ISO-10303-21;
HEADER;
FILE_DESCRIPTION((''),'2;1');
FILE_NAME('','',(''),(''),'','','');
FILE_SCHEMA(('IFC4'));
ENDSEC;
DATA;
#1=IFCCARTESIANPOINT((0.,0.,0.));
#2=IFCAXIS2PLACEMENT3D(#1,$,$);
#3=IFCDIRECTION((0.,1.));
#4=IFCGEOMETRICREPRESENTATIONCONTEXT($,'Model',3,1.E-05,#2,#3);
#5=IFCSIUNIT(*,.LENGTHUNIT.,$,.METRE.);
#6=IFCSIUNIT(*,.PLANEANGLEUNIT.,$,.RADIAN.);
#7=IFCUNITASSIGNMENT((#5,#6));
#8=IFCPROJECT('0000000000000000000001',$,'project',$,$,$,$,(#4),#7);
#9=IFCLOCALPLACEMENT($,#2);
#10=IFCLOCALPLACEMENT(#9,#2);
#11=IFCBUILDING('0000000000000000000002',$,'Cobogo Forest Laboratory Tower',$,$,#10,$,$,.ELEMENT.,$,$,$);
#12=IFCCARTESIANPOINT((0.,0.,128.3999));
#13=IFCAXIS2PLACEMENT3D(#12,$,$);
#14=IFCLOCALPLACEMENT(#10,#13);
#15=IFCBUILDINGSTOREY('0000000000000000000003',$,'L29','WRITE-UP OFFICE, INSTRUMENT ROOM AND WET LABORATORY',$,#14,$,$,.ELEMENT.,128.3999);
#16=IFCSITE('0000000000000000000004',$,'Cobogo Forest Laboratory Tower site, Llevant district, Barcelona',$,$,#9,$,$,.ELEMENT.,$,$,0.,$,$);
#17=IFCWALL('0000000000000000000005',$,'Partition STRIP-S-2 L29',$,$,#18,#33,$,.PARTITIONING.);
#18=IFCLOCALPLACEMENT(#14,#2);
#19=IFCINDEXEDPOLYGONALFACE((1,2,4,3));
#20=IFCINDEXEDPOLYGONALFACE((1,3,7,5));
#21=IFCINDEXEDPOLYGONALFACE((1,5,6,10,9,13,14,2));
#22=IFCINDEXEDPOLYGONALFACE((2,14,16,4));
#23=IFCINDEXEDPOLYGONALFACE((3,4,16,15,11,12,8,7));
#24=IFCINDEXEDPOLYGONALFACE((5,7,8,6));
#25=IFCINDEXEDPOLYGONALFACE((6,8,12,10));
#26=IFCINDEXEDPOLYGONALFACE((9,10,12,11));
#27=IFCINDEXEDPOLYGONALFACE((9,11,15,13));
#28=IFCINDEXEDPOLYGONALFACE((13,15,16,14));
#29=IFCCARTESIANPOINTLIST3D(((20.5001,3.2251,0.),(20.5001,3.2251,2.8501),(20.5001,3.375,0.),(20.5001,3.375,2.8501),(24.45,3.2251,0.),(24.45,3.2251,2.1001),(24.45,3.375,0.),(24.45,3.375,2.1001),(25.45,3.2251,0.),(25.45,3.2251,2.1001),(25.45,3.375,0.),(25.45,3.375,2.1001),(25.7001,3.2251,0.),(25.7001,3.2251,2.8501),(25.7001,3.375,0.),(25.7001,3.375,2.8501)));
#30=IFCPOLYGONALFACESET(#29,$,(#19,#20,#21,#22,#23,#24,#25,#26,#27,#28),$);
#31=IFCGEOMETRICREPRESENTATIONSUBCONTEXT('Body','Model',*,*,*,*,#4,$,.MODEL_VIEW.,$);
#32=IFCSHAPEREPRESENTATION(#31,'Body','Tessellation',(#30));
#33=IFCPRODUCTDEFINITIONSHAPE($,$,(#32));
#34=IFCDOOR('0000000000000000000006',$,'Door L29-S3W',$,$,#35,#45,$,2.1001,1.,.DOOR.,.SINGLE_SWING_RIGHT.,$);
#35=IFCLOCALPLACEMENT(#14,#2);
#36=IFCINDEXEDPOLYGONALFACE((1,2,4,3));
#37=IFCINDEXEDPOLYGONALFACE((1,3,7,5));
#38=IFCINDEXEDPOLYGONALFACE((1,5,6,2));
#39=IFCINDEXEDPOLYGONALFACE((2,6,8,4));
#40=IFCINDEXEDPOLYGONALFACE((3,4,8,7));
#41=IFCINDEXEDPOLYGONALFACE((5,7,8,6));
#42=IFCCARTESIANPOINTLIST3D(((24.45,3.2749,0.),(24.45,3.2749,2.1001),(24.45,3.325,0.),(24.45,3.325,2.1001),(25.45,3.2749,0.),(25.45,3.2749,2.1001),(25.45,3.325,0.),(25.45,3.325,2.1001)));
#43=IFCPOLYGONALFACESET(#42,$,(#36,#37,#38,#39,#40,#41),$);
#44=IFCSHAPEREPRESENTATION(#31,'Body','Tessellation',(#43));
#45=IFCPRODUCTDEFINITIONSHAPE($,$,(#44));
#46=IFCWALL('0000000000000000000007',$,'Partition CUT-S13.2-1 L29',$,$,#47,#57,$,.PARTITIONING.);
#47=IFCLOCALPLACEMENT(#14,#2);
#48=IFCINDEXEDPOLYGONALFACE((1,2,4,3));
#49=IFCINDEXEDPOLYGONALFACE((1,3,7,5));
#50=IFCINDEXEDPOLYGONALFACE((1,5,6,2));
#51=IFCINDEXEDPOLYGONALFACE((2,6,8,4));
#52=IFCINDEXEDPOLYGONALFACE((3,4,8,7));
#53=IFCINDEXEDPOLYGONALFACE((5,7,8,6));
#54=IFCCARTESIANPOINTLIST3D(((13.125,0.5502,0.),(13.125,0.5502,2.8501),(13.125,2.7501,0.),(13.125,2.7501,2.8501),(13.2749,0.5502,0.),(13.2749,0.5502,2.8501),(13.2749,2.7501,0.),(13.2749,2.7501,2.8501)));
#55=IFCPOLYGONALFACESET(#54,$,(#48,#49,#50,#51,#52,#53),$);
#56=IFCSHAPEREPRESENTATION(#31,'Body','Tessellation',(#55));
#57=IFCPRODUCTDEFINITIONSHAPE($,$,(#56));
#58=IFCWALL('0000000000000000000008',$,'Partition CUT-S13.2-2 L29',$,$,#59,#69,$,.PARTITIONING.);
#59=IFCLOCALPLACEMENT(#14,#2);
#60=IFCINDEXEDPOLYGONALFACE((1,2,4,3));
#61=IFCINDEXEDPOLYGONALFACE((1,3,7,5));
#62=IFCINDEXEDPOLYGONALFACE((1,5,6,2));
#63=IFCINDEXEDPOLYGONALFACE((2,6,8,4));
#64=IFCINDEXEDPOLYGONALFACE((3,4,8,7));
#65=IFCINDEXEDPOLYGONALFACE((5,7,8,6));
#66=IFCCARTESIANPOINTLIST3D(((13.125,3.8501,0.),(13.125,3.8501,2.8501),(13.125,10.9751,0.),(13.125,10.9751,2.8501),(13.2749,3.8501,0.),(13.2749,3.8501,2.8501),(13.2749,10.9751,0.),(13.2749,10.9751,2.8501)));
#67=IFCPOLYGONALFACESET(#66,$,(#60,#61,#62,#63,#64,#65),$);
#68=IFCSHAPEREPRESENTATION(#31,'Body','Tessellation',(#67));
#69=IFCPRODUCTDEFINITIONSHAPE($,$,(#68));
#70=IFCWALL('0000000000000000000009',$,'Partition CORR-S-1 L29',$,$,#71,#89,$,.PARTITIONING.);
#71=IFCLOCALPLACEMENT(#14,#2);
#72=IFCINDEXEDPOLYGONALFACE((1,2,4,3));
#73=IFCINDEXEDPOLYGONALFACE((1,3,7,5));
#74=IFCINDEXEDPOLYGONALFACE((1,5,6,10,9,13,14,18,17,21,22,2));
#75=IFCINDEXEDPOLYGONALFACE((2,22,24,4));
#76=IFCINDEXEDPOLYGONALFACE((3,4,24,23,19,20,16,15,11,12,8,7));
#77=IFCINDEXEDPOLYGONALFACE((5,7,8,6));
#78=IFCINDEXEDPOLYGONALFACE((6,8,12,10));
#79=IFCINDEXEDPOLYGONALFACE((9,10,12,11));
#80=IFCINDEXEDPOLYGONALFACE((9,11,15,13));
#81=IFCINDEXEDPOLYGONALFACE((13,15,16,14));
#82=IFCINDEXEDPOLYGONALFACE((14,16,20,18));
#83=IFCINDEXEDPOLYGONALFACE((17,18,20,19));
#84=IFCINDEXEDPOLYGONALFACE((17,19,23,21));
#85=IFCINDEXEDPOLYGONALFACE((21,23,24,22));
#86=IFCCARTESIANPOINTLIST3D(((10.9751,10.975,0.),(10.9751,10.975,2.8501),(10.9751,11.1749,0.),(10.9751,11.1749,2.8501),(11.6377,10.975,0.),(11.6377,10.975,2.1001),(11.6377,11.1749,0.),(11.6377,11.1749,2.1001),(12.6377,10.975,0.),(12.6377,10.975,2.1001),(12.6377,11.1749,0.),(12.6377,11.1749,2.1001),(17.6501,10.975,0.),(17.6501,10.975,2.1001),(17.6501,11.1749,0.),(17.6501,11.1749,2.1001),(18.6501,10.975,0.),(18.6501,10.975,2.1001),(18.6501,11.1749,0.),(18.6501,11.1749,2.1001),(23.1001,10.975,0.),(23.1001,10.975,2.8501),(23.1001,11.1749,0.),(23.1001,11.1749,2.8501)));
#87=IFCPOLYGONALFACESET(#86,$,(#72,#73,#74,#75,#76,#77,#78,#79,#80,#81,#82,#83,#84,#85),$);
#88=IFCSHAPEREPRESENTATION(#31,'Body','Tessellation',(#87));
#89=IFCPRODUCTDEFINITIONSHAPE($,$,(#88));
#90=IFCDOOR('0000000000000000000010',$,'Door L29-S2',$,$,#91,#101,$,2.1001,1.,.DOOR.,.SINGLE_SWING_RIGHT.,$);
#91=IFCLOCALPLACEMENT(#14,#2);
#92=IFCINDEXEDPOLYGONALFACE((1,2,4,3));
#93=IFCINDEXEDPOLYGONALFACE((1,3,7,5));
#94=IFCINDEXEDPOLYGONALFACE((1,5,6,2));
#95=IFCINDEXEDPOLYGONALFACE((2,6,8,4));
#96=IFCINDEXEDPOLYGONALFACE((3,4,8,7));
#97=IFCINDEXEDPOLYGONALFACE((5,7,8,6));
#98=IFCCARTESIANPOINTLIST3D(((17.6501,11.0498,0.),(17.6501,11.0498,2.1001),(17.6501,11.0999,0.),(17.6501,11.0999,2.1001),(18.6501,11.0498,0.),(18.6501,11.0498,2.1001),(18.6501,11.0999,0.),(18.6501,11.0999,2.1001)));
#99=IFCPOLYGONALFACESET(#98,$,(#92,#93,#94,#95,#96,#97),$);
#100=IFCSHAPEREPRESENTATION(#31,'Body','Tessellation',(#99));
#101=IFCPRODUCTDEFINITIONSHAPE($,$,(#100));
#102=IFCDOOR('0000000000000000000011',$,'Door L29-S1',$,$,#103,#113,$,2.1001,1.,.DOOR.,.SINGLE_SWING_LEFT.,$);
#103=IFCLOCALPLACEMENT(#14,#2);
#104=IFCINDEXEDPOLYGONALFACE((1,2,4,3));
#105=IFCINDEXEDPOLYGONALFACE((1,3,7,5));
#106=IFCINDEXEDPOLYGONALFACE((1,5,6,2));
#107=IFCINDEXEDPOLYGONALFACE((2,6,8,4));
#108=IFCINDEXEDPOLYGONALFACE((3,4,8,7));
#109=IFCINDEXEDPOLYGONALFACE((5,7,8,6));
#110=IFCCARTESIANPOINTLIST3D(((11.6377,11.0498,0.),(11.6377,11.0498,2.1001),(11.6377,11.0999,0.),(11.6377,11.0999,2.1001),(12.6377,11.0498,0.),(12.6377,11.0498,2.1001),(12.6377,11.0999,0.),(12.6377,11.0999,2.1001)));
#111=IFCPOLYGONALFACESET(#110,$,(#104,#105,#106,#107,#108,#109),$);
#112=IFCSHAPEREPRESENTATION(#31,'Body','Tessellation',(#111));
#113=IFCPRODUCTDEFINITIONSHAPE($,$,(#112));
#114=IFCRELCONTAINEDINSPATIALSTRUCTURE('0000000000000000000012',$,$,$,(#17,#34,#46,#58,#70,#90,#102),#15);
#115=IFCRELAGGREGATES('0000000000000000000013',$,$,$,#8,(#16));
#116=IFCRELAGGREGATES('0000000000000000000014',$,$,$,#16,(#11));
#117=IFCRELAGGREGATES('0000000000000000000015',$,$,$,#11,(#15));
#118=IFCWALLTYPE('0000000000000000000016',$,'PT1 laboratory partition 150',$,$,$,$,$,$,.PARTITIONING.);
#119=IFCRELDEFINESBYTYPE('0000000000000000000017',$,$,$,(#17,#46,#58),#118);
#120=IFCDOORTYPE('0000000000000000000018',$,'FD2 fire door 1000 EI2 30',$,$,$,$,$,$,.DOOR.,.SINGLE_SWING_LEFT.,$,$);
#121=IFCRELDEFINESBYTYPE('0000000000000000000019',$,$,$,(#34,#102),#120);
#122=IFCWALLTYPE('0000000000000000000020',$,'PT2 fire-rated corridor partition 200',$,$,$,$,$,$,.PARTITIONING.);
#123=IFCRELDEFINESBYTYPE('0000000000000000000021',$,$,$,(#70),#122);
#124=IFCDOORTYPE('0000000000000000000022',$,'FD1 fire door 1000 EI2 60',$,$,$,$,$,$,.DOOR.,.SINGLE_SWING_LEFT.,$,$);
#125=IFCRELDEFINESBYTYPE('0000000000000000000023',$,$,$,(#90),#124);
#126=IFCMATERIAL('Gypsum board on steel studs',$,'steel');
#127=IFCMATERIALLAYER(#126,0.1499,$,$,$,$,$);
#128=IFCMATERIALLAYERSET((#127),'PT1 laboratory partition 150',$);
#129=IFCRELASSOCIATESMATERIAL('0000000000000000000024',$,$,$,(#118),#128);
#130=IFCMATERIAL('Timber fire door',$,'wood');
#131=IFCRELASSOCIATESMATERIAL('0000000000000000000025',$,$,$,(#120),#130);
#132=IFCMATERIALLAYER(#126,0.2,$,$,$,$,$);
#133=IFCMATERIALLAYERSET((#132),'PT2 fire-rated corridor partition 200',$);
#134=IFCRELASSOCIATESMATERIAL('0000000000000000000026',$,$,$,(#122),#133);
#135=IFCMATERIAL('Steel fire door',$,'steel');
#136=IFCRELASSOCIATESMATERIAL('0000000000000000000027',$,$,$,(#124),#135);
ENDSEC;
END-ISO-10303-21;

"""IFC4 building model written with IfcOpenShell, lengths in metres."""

from ifc_helpers import new_model, si_unit, direction, frame, frame_2d, origin, place, context, subcontext, project, spatial, rectangle, extrude, material, layer, layer_set, type_object, element, fill, save


model = new_model("IFC4")

# Units and contexts
model_context = context("Model", 3, precision=1e-05, world=origin(), true_north=direction((0.0, 1.0)))
body_context = subcontext(model_context, "Body", "Model", "MODEL_VIEW")
ifc_project = project(units=[si_unit("LENGTHUNIT", "METRE"), si_unit("PLANEANGLEUNIT", "RADIAN")], contexts=[model_context])

# Site, building, storey
site_placement = place(None, origin())
site = spatial("IfcSite", under=ifc_project, at=site_placement, Name="Cobogo Forest Laboratory Tower site, Llevant district, Barcelona", CompositionType="ELEMENT", RefElevation=0.0)
building_placement = place(site_placement, origin())
building = spatial("IfcBuilding", under=site, at=building_placement, Name="Cobogo Forest Laboratory Tower", CompositionType="ELEMENT")
storey_placement = place(building_placement, frame((0.0, 0.0, 128.3999)))
storey = spatial("IfcBuildingStorey", under=building, at=storey_placement, Name="L29", Description="WRITE-UP OFFICE, INSTRUMENT ROOM AND WET LABORATORY", CompositionType="ELEMENT", Elevation=128.3999)

# Wall, opening, door
ifc_material_1 = material(Name="Gypsum board on steel studs", Category="steel")
ifc_layer_1 = layer(ifc_material_1, 0.1499)
ifc_layer_set_1 = layer_set([ifc_layer_1], Name="PT1 laboratory partition 150")
wall_type_1 = type_object("IfcWallType", Name="PT1 laboratory partition 150", PredefinedType="PARTITIONING", material=ifc_layer_set_1)
ifc_material_2 = material(Name="Timber fire door", Category="wood")
door_type_1 = type_object("IfcDoorType", Name="FD2 fire door 1000 EI2 30", OperationType="SINGLE_SWING_LEFT", PredefinedType="DOOR", material=ifc_material_2)
wall_1_placement = place(storey_placement, frame((20.5, 3.3, 0.0), z_axis=(0.0, 0.0, 1.0), x_axis=(1.0, 0.0, 0.0)))
wall_1 = element("IfcWall", 1, at=wall_1_placement, inside=storey, type_object=wall_type_1, Name="Partition STRIP-S-2 L29", PredefinedType="PARTITIONING", context=body_context, shape_type="SweptSolid", body=[
    extrude(rectangle(XDim=5.2, YDim=0.1499, at=frame_2d((2.6001, 0.0))), origin(), (0.0, 0.0, 1.0), 2.8501),
])
opening_1_placement = place(wall_1_placement, frame((3.95, 0.0, 0.0)))
opening_1 = element("IfcOpeningElement", 2, at=opening_1_placement, cuts=wall_1, PredefinedType="OPENING", context=body_context, shape_type="SweptSolid", body=[
    extrude(rectangle(XDim=1.0, YDim=2.1001, at=frame_2d((0.5, 1.05))), frame((0.0, 0.085, 0.0), z_axis=(0.0, -1.0, 0.0), x_axis=(1.0, 0.0, 0.0)), (0.0, 0.0, 1.0), 0.1699),
])
door_1_placement = place(opening_1_placement, origin())
door_1 = element("IfcDoor", 3, at=door_1_placement, inside=storey, type_object=door_type_1, Name="Door L29-S3W", OperationType="SINGLE_SWING_RIGHT", OverallHeight=2.1001, OverallWidth=1.0, PredefinedType="DOOR", context=body_context, shape_type="SweptSolid", body=[
    extrude(rectangle(XDim=1.0, YDim=2.1001, at=frame_2d((0.5, 1.05))), frame((0.0, 0.0249, 0.0), z_axis=(0.0, -1.0, 0.0), x_axis=(1.0, 0.0, 0.0)), (0.0, 0.0, 1.0), 0.05),
])
fill(opening_1, door_1)

# Walls
wall_2_placement = place(storey_placement, frame((13.2, 0.55, 0.0), z_axis=(0.0, 0.0, 1.0), x_axis=(0.0, 1.0, 0.0)))
element("IfcWall", 4, at=wall_2_placement, inside=storey, type_object=wall_type_1, Name="Partition CUT-S13.2-1 L29", PredefinedType="PARTITIONING", context=body_context, shape_type="SweptSolid", body=[
    extrude(rectangle(XDim=2.2, YDim=0.1499, at=frame_2d((1.1001, 0.0))), origin(), (0.0, 0.0, 1.0), 2.8501),
])
wall_3_placement = place(storey_placement, frame((13.2, 3.8501, 0.0), z_axis=(0.0, 0.0, 1.0), x_axis=(0.0, 1.0, 0.0)))
element("IfcWall", 5, at=wall_3_placement, inside=storey, type_object=wall_type_1, Name="Partition CUT-S13.2-2 L29", PredefinedType="PARTITIONING", context=body_context, shape_type="SweptSolid", body=[
    extrude(rectangle(XDim=7.125, YDim=0.1499, at=frame_2d((3.5625, 0.0))), origin(), (0.0, 0.0, 1.0), 2.8501),
])

# Wall, openings, doors
ifc_layer_2 = layer(ifc_material_1, 0.2)
ifc_layer_set_2 = layer_set([ifc_layer_2], Name="PT2 fire-rated corridor partition 200")
wall_type_2 = type_object("IfcWallType", Name="PT2 fire-rated corridor partition 200", PredefinedType="PARTITIONING", material=ifc_layer_set_2)
wall_4_placement = place(storey_placement, frame((10.9751, 11.075, 0.0), z_axis=(0.0, 0.0, 1.0), x_axis=(1.0, 0.0, 0.0)))
wall_4 = element("IfcWall", 6, at=wall_4_placement, inside=storey, type_object=wall_type_2, Name="Partition CORR-S-1 L29", PredefinedType="PARTITIONING", context=body_context, shape_type="SweptSolid", body=[
    extrude(rectangle(XDim=12.125, YDim=0.2, at=frame_2d((6.0625, 0.0))), origin(), (0.0, 0.0, 1.0), 2.8501),
])
opening_2_placement = place(wall_4_placement, frame((0.6626, 0.0, 0.0)))
opening_2 = element("IfcOpeningElement", 7, at=opening_2_placement, cuts=wall_4, PredefinedType="OPENING", context=body_context, shape_type="SweptSolid", body=[
    extrude(rectangle(XDim=1.0, YDim=2.1001, at=frame_2d((0.5, 1.05))), frame((0.0, 0.1099, 0.0), z_axis=(0.0, -1.0, 0.0), x_axis=(1.0, 0.0, 0.0)), (0.0, 0.0, 1.0), 0.22),
])
opening_3_placement = place(wall_4_placement, frame((6.675, 0.0, 0.0)))
opening_3 = element("IfcOpeningElement", 8, at=opening_3_placement, cuts=wall_4, PredefinedType="OPENING", context=body_context, shape_type="SweptSolid", body=[
    extrude(rectangle(XDim=1.0, YDim=2.1001, at=frame_2d((0.5, 1.05))), frame((0.0, 0.1099, 0.0), z_axis=(0.0, -1.0, 0.0), x_axis=(1.0, 0.0, 0.0)), (0.0, 0.0, 1.0), 0.22),
])
ifc_material_3 = material(Name="Steel fire door", Category="steel")
door_type_2 = type_object("IfcDoorType", Name="FD1 fire door 1000 EI2 60", OperationType="SINGLE_SWING_LEFT", PredefinedType="DOOR", material=ifc_material_3)
door_2_placement = place(opening_3_placement, origin())
door_2 = element("IfcDoor", 9, at=door_2_placement, inside=storey, type_object=door_type_2, Name="Door L29-S2", OperationType="SINGLE_SWING_RIGHT", OverallHeight=2.1001, OverallWidth=1.0, PredefinedType="DOOR", context=body_context, shape_type="SweptSolid", body=[
    extrude(rectangle(XDim=1.0, YDim=2.1001, at=frame_2d((0.5, 1.05))), frame((0.0, 0.0249, 0.0), z_axis=(0.0, -1.0, 0.0), x_axis=(1.0, 0.0, 0.0)), (0.0, 0.0, 1.0), 0.05),
])
fill(opening_3, door_2)
door_3_placement = place(opening_2_placement, origin())
door_3 = element("IfcDoor", 10, at=door_3_placement, inside=storey, type_object=door_type_1, Name="Door L29-S1", OperationType="SINGLE_SWING_LEFT", OverallHeight=2.1001, OverallWidth=1.0, PredefinedType="DOOR", context=body_context, shape_type="SweptSolid", body=[
    extrude(rectangle(XDim=1.0, YDim=2.1001, at=frame_2d((0.5, 1.05))), frame((0.0, 0.0249, 0.0), z_axis=(0.0, -1.0, 0.0), x_axis=(1.0, 0.0, 0.0)), (0.0, 0.0, 1.0), 0.05),
])
fill(opening_2, door_3)

save(model, "model.ifc")
